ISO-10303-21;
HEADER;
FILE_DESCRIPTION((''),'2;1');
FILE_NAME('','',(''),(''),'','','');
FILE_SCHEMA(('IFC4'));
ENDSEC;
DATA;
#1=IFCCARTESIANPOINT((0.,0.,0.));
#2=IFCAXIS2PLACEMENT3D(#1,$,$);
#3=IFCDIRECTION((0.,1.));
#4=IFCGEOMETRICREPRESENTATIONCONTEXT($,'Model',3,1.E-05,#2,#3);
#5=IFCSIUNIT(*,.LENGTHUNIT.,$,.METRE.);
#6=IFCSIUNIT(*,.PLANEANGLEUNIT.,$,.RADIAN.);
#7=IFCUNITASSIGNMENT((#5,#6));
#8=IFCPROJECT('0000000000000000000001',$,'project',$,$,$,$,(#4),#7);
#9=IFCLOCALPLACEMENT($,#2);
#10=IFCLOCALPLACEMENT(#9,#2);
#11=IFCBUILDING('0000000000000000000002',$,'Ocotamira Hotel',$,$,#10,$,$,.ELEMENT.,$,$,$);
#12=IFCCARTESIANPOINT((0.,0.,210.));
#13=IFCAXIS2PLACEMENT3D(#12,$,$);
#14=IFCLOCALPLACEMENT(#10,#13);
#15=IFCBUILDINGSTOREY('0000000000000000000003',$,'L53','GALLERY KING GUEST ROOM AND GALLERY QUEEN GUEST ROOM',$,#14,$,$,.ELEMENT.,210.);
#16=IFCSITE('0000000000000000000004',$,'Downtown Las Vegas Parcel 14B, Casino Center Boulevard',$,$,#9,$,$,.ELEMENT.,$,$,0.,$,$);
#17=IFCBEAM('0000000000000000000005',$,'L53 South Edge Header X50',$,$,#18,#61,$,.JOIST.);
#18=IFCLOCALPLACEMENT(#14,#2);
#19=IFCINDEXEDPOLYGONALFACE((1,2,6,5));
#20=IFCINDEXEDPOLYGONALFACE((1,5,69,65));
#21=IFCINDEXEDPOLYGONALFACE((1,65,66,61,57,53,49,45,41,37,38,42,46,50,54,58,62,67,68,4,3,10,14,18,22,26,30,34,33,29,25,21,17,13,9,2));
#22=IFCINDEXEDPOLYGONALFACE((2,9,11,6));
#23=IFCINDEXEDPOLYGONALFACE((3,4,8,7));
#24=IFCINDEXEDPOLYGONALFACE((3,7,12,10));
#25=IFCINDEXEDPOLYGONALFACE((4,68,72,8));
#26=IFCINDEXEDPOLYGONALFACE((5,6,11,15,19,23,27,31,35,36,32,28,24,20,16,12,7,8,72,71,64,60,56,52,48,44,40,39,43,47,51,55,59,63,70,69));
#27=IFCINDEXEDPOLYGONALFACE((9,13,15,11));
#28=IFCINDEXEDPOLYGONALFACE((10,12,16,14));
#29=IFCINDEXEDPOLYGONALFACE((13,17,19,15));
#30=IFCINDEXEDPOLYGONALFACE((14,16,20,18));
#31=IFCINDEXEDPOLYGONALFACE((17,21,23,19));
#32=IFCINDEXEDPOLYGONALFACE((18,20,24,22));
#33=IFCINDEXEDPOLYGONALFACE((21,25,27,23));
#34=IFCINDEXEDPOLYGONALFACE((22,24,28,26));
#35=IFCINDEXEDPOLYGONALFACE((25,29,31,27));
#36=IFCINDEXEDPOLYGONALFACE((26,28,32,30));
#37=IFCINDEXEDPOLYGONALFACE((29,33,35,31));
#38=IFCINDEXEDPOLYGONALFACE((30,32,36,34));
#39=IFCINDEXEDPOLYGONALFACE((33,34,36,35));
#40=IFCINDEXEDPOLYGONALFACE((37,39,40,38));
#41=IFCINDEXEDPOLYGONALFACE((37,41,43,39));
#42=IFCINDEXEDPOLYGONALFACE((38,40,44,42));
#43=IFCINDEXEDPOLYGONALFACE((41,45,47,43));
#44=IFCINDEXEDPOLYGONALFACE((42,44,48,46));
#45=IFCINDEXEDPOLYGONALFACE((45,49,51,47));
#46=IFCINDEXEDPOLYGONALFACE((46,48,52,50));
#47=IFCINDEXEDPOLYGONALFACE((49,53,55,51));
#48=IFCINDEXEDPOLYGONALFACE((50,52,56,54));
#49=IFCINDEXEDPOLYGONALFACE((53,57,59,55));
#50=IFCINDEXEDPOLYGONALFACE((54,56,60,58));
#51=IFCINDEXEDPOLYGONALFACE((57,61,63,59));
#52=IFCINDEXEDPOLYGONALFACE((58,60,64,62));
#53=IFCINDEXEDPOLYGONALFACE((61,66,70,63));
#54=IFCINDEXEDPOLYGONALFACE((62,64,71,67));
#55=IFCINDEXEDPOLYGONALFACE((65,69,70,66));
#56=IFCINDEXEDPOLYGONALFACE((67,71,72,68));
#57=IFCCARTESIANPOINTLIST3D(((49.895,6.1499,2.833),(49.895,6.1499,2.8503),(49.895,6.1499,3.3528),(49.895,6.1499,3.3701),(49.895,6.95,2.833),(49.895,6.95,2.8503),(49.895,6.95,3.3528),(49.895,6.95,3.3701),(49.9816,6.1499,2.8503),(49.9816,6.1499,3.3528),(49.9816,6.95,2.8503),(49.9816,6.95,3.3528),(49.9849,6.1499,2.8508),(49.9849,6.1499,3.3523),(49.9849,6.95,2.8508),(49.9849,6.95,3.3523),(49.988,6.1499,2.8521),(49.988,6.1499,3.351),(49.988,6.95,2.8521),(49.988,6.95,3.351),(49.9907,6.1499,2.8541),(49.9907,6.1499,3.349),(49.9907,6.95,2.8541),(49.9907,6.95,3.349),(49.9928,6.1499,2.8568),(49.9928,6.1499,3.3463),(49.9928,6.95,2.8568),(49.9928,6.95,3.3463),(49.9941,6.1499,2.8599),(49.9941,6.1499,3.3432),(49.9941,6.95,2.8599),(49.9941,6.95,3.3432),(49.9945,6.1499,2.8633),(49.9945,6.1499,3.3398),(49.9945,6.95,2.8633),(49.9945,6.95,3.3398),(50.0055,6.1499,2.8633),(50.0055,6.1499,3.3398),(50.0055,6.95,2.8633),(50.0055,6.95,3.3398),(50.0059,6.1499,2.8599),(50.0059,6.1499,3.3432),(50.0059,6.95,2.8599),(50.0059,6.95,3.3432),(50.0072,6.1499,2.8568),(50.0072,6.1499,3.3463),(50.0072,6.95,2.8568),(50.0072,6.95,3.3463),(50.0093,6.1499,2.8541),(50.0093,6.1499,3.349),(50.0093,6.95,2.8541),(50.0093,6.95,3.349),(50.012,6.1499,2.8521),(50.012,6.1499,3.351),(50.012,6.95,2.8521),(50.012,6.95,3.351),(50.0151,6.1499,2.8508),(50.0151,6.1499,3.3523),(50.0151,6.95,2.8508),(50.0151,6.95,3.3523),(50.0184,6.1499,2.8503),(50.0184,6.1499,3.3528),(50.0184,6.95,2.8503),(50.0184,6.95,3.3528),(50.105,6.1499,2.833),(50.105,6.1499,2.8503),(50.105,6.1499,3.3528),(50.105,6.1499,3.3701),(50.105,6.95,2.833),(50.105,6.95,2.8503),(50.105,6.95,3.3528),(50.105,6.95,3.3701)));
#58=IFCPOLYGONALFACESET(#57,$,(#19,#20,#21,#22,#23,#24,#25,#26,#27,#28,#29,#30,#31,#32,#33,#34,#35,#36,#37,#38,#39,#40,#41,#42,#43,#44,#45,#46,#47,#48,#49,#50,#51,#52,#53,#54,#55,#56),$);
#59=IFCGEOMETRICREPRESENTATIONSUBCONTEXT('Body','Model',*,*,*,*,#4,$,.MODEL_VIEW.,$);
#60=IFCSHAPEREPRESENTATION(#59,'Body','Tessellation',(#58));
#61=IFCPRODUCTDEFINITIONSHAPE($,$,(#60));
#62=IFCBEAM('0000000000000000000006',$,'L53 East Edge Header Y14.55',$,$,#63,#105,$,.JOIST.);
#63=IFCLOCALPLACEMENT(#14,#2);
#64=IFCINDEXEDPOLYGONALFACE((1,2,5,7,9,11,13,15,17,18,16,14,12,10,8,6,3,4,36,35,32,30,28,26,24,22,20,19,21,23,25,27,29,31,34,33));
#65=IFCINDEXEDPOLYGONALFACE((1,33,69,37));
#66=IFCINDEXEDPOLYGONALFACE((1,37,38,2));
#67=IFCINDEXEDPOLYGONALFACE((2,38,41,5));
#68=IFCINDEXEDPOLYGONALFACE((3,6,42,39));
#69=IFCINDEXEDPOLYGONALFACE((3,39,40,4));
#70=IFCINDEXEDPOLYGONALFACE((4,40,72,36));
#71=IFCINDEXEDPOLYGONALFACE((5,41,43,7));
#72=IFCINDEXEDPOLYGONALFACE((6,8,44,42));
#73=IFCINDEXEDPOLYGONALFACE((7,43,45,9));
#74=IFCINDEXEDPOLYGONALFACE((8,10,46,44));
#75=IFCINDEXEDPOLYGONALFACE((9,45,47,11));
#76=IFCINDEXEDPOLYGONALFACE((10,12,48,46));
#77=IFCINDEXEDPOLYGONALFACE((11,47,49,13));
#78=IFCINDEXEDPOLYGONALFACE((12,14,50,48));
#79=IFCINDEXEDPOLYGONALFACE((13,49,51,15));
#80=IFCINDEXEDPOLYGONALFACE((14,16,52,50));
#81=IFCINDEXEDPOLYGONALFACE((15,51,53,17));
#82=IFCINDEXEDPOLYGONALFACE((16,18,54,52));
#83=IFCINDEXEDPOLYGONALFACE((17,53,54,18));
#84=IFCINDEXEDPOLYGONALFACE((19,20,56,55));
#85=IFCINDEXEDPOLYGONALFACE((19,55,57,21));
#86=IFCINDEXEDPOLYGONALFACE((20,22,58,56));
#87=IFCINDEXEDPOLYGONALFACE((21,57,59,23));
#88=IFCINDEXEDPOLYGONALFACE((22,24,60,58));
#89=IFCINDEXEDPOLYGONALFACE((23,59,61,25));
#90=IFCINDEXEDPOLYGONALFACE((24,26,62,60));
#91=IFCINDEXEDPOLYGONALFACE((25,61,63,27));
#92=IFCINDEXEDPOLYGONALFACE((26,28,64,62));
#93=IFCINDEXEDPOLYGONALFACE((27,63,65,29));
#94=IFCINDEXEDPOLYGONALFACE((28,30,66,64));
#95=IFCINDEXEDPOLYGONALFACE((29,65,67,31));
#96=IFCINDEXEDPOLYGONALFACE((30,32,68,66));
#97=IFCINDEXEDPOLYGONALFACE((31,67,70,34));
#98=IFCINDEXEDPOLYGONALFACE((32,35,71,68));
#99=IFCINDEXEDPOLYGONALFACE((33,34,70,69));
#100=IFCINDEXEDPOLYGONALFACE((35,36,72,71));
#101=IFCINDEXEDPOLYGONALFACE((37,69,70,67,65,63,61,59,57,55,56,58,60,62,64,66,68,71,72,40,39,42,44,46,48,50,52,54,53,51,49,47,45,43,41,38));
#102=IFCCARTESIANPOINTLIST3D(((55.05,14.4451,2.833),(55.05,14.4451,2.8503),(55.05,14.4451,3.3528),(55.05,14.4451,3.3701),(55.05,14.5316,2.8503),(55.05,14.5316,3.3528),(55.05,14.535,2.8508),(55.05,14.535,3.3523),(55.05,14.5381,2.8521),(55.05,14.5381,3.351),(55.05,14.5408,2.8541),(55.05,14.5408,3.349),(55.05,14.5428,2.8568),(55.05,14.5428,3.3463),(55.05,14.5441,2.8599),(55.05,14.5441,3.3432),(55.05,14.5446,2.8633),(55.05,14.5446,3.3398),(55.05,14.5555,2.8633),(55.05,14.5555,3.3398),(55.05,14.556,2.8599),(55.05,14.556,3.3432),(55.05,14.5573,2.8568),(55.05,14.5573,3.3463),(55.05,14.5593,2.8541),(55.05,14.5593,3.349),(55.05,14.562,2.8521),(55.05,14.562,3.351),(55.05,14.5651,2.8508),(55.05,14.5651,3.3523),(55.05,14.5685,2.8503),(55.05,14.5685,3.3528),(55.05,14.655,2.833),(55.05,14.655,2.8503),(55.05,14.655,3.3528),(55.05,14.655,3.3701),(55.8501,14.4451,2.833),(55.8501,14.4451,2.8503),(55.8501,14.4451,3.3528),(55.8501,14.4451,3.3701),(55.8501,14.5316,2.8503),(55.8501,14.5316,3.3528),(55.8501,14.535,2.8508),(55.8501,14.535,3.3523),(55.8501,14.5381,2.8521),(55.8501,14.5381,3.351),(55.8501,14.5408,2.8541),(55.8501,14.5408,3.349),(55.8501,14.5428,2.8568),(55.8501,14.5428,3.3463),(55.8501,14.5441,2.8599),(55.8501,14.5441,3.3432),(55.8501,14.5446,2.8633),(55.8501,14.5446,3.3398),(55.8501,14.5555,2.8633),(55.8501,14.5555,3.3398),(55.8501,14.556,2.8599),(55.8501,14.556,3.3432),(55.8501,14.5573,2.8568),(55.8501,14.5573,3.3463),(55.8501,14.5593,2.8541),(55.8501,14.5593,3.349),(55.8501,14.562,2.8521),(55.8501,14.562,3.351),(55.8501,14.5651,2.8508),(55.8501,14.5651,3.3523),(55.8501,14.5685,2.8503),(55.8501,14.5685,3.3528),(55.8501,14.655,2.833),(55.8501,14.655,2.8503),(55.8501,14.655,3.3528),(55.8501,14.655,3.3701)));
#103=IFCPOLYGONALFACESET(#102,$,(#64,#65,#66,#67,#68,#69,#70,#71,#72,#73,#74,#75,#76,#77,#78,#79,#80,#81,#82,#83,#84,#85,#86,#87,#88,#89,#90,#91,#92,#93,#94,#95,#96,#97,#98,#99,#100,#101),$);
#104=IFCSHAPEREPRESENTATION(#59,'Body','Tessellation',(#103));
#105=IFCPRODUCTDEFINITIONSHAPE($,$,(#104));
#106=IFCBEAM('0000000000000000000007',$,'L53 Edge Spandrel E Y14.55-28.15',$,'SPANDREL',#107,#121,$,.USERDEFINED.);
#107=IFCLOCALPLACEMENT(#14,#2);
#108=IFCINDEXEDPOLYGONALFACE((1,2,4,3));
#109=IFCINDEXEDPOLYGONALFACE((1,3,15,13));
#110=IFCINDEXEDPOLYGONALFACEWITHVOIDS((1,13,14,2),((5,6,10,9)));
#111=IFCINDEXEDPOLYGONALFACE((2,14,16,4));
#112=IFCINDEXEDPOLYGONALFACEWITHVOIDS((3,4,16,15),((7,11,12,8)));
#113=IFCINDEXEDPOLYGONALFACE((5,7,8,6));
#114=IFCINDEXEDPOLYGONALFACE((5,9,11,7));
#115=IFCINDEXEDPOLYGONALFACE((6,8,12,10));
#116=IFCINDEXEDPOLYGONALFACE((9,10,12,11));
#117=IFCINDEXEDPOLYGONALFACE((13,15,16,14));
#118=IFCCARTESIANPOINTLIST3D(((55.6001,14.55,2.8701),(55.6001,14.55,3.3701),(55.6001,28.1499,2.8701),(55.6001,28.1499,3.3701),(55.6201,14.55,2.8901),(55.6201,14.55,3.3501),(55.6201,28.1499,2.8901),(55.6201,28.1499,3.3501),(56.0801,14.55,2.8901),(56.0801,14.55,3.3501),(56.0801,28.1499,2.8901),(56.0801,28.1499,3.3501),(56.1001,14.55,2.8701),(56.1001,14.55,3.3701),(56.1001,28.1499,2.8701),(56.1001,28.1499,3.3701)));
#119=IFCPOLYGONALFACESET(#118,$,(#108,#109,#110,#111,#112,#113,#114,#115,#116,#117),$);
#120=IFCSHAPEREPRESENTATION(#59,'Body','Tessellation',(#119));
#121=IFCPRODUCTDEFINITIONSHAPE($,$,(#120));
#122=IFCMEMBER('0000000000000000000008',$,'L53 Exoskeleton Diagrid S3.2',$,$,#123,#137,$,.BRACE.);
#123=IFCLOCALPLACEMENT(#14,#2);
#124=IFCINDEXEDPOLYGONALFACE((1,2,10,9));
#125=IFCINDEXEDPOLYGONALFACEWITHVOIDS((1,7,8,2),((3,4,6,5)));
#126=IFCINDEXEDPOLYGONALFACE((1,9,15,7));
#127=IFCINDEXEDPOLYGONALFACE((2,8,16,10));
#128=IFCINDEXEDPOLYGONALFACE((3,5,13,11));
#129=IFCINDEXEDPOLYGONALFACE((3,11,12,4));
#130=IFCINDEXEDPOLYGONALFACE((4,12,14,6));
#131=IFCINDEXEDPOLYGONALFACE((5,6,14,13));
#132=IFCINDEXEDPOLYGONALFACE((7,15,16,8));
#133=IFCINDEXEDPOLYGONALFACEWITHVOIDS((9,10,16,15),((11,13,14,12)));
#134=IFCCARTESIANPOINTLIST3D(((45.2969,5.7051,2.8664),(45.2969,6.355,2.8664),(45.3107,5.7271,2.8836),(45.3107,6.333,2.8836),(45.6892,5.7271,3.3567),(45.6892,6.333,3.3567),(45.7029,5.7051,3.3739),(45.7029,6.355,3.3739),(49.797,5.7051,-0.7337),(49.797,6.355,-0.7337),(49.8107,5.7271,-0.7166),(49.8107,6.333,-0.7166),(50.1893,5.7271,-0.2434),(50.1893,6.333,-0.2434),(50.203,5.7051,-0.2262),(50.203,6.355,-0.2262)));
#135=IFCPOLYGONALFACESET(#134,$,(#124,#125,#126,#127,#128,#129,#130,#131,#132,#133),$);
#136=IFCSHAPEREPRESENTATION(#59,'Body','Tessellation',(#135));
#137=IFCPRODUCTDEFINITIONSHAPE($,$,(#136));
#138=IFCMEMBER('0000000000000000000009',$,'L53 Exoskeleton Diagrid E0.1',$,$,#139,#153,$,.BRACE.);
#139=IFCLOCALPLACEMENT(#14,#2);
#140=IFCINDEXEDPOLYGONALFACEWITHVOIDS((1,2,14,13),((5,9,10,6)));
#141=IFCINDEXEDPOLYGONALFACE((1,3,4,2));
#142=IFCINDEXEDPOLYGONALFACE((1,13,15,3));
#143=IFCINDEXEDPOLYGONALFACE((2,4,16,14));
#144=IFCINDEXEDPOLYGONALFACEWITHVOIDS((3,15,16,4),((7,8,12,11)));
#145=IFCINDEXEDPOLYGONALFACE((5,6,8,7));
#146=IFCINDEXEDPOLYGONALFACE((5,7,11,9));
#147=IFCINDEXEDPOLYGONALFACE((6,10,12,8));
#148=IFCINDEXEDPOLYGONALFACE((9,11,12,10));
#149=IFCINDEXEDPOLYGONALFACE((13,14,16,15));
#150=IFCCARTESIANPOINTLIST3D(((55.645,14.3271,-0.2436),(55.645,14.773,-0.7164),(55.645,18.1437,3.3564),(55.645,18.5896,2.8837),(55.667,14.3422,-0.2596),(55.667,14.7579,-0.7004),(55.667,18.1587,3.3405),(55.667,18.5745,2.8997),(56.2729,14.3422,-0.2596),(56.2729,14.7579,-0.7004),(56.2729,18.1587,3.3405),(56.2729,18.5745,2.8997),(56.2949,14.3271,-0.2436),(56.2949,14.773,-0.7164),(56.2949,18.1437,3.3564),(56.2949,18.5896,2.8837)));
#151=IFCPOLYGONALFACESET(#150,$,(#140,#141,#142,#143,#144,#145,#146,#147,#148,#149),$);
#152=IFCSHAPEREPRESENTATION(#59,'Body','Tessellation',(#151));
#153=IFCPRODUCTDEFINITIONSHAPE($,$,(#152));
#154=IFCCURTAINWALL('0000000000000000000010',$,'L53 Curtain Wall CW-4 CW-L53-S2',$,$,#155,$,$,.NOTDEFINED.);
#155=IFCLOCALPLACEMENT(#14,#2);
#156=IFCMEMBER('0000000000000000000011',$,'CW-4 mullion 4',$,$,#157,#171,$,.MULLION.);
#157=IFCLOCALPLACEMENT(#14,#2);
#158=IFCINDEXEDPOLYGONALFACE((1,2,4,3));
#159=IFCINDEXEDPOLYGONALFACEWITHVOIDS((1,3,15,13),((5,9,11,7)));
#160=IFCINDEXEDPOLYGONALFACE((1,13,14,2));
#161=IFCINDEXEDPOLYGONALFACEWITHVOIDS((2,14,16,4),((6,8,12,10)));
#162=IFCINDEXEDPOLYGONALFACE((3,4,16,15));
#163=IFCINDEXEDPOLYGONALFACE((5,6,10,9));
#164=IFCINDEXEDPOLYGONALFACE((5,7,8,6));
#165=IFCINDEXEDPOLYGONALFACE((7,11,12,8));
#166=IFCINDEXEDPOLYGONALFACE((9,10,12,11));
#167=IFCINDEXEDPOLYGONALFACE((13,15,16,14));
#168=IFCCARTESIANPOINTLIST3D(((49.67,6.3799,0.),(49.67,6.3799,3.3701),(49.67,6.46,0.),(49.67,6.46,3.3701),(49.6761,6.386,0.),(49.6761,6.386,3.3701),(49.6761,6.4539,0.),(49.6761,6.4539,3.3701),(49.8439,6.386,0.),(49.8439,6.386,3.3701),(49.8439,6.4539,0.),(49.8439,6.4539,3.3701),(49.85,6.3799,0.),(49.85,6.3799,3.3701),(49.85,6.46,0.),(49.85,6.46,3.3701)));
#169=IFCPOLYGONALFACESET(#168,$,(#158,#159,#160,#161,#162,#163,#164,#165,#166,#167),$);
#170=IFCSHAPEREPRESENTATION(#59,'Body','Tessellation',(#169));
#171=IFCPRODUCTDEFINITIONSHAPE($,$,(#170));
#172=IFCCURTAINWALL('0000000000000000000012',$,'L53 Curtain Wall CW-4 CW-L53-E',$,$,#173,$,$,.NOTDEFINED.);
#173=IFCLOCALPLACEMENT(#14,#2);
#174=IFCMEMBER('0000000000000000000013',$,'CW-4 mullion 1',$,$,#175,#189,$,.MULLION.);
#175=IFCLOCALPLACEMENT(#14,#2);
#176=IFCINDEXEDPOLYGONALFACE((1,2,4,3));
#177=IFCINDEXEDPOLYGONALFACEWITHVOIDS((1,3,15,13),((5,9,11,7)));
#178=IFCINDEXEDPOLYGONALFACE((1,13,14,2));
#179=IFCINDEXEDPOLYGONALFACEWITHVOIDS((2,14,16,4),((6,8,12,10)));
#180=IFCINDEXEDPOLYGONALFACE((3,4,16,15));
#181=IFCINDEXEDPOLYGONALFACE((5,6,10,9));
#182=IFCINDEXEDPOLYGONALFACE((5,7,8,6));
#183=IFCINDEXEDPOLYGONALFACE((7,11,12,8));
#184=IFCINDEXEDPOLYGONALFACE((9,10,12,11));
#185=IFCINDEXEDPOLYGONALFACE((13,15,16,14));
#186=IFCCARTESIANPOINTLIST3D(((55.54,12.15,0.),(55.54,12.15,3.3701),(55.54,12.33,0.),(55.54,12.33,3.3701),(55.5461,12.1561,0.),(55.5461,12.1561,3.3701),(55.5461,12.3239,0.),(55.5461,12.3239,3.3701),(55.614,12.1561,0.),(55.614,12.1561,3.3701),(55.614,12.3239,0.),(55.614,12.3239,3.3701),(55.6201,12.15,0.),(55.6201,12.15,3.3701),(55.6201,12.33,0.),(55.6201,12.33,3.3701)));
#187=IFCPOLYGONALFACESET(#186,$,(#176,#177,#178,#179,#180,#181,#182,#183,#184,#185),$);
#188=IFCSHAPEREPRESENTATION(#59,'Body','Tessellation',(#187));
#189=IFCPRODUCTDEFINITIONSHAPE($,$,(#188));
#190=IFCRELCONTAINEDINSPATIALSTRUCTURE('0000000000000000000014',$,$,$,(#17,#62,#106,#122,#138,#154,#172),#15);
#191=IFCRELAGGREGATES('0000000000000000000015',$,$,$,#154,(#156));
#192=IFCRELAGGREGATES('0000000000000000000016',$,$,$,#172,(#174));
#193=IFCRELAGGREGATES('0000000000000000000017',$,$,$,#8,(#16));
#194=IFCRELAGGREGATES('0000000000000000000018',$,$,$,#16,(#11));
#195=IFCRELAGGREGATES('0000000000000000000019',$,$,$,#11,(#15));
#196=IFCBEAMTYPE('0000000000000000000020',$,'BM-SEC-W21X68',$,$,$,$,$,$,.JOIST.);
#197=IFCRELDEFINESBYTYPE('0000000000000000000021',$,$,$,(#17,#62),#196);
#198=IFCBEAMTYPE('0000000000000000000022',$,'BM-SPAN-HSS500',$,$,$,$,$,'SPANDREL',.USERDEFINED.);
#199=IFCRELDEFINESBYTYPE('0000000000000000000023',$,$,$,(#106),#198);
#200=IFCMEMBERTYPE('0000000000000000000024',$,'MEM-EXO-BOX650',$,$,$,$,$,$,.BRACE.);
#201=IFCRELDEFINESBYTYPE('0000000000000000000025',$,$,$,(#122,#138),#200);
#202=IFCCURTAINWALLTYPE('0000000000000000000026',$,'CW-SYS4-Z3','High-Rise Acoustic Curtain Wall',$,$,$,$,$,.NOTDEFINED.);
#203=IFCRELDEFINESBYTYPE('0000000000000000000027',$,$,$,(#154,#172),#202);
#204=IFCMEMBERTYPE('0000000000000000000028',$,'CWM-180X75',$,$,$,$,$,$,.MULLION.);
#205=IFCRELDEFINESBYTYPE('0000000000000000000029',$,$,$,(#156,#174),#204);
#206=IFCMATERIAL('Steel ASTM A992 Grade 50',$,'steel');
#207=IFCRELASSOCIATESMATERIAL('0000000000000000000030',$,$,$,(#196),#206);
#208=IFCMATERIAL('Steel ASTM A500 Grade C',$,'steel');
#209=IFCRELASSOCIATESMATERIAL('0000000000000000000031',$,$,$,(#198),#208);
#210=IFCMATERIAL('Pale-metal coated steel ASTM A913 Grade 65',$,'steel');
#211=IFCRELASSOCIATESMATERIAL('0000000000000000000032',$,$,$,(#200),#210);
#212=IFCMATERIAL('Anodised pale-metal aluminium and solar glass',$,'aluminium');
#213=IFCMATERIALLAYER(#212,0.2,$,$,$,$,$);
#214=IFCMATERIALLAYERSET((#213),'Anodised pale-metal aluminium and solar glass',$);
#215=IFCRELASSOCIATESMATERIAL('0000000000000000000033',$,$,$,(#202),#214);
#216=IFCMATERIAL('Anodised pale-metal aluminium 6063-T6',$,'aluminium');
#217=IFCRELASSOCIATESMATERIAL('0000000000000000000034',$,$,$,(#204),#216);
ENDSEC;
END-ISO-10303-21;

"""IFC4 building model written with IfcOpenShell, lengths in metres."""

from ifc_helpers import new_model, si_unit, direction, frame, origin, origin_2d, place, context, subcontext, project, spatial, hollow_rectangle, i_section, extrude, source, transform, mapped, material, layer, layer_set, material_profile, profile_set, type_object, element, aggregate, save


model = new_model("IFC4")

# Units and contexts
model_context = context("Model", 3, precision=1e-05, world=origin(), true_north=direction((0.0, 1.0)))
body_context = subcontext(model_context, "Body", "Model", "MODEL_VIEW")
ifc_project = project(units=[si_unit("LENGTHUNIT", "METRE"), si_unit("PLANEANGLEUNIT", "RADIAN")], contexts=[model_context])

# Site, building, storey
site_placement = place(None, origin())
site = spatial("IfcSite", under=ifc_project, at=site_placement, Name="Downtown Las Vegas Parcel 14B, Casino Center Boulevard", CompositionType="ELEMENT", RefElevation=0.0)
building_placement = place(site_placement, origin())
building = spatial("IfcBuilding", under=site, at=building_placement, Name="Ocotamira Hotel", CompositionType="ELEMENT")
storey_placement = place(building_placement, frame((0.0, 0.0, 210.0)))
storey = spatial("IfcBuildingStorey", under=building, at=storey_placement, Name="L53", Description="GALLERY KING GUEST ROOM AND GALLERY QUEEN GUEST ROOM", CompositionType="ELEMENT", Elevation=210.0)

# Beams
ifc_material_1 = material(Name="Steel ASTM A992 Grade 50", Category="steel")
ifc_material_profile_1 = material_profile(ifc_material_1, i_section(OverallWidth=0.21, OverallDepth=0.5371, WebThickness=0.011, FlangeThickness=0.0173, FilletRadius=0.0129, at=origin_2d()), Name="W21X68")
ifc_profile_set_1 = profile_set([ifc_material_profile_1], Name="Steel ASTM A992 Grade 50")
beam_type_1 = type_object("IfcBeamType", Name="BM-SEC-W21X68", PredefinedType="JOIST", material=ifc_profile_set_1)
shared_shape_1 = source(origin(), body_context, "Body", "SweptSolid", [
    extrude(i_section(OverallWidth=0.21, OverallDepth=0.5371, WebThickness=0.011, FlangeThickness=0.0173, FilletRadius=0.0129, at=origin_2d()), origin(), (0.0, 0.0, 1.0), 0.8),
])
for number, where, z_axis, x_axis, name in (
    (1, (50.0, 6.95, 3.1016), (0.0, -1.0, 0.0), (1.0, 0.0, 0.0), "L53 South Edge Header X50"),
    (2, (55.05, 14.55, 3.1016), (1.0, 0.0, 0.0), (0.0, 1.0, 0.0), "L53 East Edge Header Y14.55"),
):
    element("IfcBeam", number, at=place(storey_placement, frame(where, z_axis=z_axis, x_axis=x_axis)), inside=storey, type_object=beam_type_1, Name=name, PredefinedType="JOIST", context=body_context, shape_type="MappedRepresentation", body=[
        mapped(shared_shape_1, transform((0.0, 0.0, 0.0), scale=1.0)),
    ])
ifc_material_2 = material(Name="Steel ASTM A500 Grade C", Category="steel")
ifc_material_profile_2 = material_profile(ifc_material_2, hollow_rectangle(XDim=0.5, YDim=0.5, WallThickness=0.02, at=origin_2d()), Name="HSS500X500X20")
ifc_profile_set_2 = profile_set([ifc_material_profile_2], Name="Steel ASTM A500 Grade C")
beam_type_2 = type_object("IfcBeamType", Name="BM-SPAN-HSS500", ElementType="SPANDREL", PredefinedType="USERDEFINED", material=ifc_profile_set_2)
shared_shape_2 = source(origin(), body_context, "Body", "SweptSolid", [
    extrude(hollow_rectangle(XDim=0.5, YDim=0.5, WallThickness=0.02, at=origin_2d()), origin(), (0.0, 0.0, 1.0), 13.5999),
])
beam_1_placement = place(storey_placement, frame((55.8501, 14.55, 3.1201), z_axis=(0.0, 1.0, 0.0), x_axis=(-1.0, 0.0, 0.0)))
element("IfcBeam", 3, at=beam_1_placement, inside=storey, type_object=beam_type_2, Name="L53 Edge Spandrel E Y14.55-28.15", ObjectType="SPANDREL", PredefinedType="USERDEFINED", context=body_context, shape_type="MappedRepresentation", body=[
    mapped(shared_shape_2, transform((0.0, 0.0, 0.0), scale=1.0)),
])

# Members
ifc_material_3 = material(Name="Pale-metal coated steel ASTM A913 Grade 65", Category="steel")
ifc_material_profile_3 = material_profile(ifc_material_3, hollow_rectangle(XDim=0.6499, YDim=0.6499, WallThickness=0.022, at=origin_2d()), Name="BOX650X650X22")
ifc_profile_set_3 = profile_set([ifc_material_profile_3], Name="Pale-metal coated steel ASTM A913 Grade 65")
member_type_1 = type_object("IfcMemberType", Name="MEM-EXO-BOX650", PredefinedType="BRACE", material=ifc_profile_set_3)
shared_shape_3 = source(origin(), body_context, "Body", "SweptSolid", [
    extrude(hollow_rectangle(XDim=0.6499, YDim=0.6499, WallThickness=0.022, at=origin_2d()), origin(), (0.0, 0.0, 1.0), 5.7629),
])
member_1_placement = place(storey_placement, frame((50.0, 6.03, -0.48), z_axis=(-0.780861, 0.0, 0.624705), x_axis=(0.0, -1.0, 0.0)))
element("IfcMember", 4, at=member_1_placement, inside=storey, type_object=member_type_1, Name="L53 Exoskeleton Diagrid S3.2", PredefinedType="BRACE", context=body_context, shape_type="MappedRepresentation", body=[
    mapped(shared_shape_3, transform((0.0, 0.0, 0.0), scale=1.0)),
])
shared_shape_4 = source(origin(), body_context, "Body", "SweptSolid", [
    extrude(hollow_rectangle(XDim=0.6499, YDim=0.6499, WallThickness=0.022, at=origin_2d()), origin(), (0.0, 0.0, 1.0), 5.2466),
])
member_2_placement = place(storey_placement, frame((55.97, 14.55, -0.48), z_axis=(0.0, 0.727443, 0.686168), x_axis=(-1.0, 0.0, 0.0)))
element("IfcMember", 5, at=member_2_placement, inside=storey, type_object=member_type_1, Name="L53 Exoskeleton Diagrid E0.1", PredefinedType="BRACE", context=body_context, shape_type="MappedRepresentation", body=[
    mapped(shared_shape_4, transform((0.0, 0.0, 0.0), scale=1.0)),
])

# Curtain wall, member
ifc_material_4 = material(Name="Anodised pale-metal aluminium and solar glass", Category="aluminium")
ifc_layer_1 = layer(ifc_material_4, 0.2)
ifc_layer_set_1 = layer_set([ifc_layer_1], Name="Anodised pale-metal aluminium and solar glass")
curtain_wall_type = type_object("IfcCurtainWallType", Name="CW-SYS4-Z3", Description="High-Rise Acoustic Curtain Wall", PredefinedType="NOTDEFINED", material=ifc_layer_set_1)
curtain_wall_1_placement = place(storey_placement, origin())
curtain_wall_1 = element("IfcCurtainWall", 6, at=curtain_wall_1_placement, inside=storey, type_object=curtain_wall_type, Name="L53 Curtain Wall CW-4 CW-L53-S2", PredefinedType="NOTDEFINED")
ifc_material_5 = material(Name="Anodised pale-metal aluminium 6063-T6", Category="aluminium")
ifc_material_profile_4 = material_profile(ifc_material_5, hollow_rectangle(XDim=0.0801, YDim=0.1799, WallThickness=0.0061, at=origin_2d()), Name="HSS180X80X6")
ifc_profile_set_4 = profile_set([ifc_material_profile_4], Name="Anodised pale-metal aluminium 6063-T6")
member_type_2 = type_object("IfcMemberType", Name="CWM-180X75", PredefinedType="MULLION", material=ifc_profile_set_4)
shared_shape_5 = source(origin(), body_context, "Body", "SweptSolid", [
    extrude(hollow_rectangle(XDim=0.0801, YDim=0.1799, WallThickness=0.0061, at=origin_2d()), origin(), (0.0, 0.0, 1.0), 3.3701),
])
member_3_placement = place(storey_placement, frame((49.76, 6.4199, 0.0), z_axis=(0.0, 0.0, 1.0), x_axis=(0.0, 1.0, 0.0)))
member_3 = element("IfcMember", 7, at=member_3_placement, type_object=member_type_2, Name="CW-4 mullion 4", PredefinedType="MULLION", context=body_context, shape_type="MappedRepresentation", body=[
    mapped(shared_shape_5, transform((0.0, 0.0, 0.0), scale=1.0)),
])

# Curtain wall, member
curtain_wall_2_placement = place(storey_placement, origin())
curtain_wall_2 = element("IfcCurtainWall", 8, at=curtain_wall_2_placement, inside=storey, type_object=curtain_wall_type, Name="L53 Curtain Wall CW-4 CW-L53-E", PredefinedType="NOTDEFINED")
member_4_placement = place(storey_placement, frame((55.5801, 12.24, 0.0), z_axis=(0.0, 0.0, 1.0), x_axis=(-1.0, 0.0, 0.0)))
member_4 = element("IfcMember", 9, at=member_4_placement, type_object=member_type_2, Name="CW-4 mullion 1", PredefinedType="MULLION", context=body_context, shape_type="MappedRepresentation", body=[
    mapped(shared_shape_5, transform((0.0, 0.0, 0.0), scale=1.0)),
])

aggregate(curtain_wall_1, [member_3])
aggregate(curtain_wall_2, [member_4])

save(model, "model.ifc")
